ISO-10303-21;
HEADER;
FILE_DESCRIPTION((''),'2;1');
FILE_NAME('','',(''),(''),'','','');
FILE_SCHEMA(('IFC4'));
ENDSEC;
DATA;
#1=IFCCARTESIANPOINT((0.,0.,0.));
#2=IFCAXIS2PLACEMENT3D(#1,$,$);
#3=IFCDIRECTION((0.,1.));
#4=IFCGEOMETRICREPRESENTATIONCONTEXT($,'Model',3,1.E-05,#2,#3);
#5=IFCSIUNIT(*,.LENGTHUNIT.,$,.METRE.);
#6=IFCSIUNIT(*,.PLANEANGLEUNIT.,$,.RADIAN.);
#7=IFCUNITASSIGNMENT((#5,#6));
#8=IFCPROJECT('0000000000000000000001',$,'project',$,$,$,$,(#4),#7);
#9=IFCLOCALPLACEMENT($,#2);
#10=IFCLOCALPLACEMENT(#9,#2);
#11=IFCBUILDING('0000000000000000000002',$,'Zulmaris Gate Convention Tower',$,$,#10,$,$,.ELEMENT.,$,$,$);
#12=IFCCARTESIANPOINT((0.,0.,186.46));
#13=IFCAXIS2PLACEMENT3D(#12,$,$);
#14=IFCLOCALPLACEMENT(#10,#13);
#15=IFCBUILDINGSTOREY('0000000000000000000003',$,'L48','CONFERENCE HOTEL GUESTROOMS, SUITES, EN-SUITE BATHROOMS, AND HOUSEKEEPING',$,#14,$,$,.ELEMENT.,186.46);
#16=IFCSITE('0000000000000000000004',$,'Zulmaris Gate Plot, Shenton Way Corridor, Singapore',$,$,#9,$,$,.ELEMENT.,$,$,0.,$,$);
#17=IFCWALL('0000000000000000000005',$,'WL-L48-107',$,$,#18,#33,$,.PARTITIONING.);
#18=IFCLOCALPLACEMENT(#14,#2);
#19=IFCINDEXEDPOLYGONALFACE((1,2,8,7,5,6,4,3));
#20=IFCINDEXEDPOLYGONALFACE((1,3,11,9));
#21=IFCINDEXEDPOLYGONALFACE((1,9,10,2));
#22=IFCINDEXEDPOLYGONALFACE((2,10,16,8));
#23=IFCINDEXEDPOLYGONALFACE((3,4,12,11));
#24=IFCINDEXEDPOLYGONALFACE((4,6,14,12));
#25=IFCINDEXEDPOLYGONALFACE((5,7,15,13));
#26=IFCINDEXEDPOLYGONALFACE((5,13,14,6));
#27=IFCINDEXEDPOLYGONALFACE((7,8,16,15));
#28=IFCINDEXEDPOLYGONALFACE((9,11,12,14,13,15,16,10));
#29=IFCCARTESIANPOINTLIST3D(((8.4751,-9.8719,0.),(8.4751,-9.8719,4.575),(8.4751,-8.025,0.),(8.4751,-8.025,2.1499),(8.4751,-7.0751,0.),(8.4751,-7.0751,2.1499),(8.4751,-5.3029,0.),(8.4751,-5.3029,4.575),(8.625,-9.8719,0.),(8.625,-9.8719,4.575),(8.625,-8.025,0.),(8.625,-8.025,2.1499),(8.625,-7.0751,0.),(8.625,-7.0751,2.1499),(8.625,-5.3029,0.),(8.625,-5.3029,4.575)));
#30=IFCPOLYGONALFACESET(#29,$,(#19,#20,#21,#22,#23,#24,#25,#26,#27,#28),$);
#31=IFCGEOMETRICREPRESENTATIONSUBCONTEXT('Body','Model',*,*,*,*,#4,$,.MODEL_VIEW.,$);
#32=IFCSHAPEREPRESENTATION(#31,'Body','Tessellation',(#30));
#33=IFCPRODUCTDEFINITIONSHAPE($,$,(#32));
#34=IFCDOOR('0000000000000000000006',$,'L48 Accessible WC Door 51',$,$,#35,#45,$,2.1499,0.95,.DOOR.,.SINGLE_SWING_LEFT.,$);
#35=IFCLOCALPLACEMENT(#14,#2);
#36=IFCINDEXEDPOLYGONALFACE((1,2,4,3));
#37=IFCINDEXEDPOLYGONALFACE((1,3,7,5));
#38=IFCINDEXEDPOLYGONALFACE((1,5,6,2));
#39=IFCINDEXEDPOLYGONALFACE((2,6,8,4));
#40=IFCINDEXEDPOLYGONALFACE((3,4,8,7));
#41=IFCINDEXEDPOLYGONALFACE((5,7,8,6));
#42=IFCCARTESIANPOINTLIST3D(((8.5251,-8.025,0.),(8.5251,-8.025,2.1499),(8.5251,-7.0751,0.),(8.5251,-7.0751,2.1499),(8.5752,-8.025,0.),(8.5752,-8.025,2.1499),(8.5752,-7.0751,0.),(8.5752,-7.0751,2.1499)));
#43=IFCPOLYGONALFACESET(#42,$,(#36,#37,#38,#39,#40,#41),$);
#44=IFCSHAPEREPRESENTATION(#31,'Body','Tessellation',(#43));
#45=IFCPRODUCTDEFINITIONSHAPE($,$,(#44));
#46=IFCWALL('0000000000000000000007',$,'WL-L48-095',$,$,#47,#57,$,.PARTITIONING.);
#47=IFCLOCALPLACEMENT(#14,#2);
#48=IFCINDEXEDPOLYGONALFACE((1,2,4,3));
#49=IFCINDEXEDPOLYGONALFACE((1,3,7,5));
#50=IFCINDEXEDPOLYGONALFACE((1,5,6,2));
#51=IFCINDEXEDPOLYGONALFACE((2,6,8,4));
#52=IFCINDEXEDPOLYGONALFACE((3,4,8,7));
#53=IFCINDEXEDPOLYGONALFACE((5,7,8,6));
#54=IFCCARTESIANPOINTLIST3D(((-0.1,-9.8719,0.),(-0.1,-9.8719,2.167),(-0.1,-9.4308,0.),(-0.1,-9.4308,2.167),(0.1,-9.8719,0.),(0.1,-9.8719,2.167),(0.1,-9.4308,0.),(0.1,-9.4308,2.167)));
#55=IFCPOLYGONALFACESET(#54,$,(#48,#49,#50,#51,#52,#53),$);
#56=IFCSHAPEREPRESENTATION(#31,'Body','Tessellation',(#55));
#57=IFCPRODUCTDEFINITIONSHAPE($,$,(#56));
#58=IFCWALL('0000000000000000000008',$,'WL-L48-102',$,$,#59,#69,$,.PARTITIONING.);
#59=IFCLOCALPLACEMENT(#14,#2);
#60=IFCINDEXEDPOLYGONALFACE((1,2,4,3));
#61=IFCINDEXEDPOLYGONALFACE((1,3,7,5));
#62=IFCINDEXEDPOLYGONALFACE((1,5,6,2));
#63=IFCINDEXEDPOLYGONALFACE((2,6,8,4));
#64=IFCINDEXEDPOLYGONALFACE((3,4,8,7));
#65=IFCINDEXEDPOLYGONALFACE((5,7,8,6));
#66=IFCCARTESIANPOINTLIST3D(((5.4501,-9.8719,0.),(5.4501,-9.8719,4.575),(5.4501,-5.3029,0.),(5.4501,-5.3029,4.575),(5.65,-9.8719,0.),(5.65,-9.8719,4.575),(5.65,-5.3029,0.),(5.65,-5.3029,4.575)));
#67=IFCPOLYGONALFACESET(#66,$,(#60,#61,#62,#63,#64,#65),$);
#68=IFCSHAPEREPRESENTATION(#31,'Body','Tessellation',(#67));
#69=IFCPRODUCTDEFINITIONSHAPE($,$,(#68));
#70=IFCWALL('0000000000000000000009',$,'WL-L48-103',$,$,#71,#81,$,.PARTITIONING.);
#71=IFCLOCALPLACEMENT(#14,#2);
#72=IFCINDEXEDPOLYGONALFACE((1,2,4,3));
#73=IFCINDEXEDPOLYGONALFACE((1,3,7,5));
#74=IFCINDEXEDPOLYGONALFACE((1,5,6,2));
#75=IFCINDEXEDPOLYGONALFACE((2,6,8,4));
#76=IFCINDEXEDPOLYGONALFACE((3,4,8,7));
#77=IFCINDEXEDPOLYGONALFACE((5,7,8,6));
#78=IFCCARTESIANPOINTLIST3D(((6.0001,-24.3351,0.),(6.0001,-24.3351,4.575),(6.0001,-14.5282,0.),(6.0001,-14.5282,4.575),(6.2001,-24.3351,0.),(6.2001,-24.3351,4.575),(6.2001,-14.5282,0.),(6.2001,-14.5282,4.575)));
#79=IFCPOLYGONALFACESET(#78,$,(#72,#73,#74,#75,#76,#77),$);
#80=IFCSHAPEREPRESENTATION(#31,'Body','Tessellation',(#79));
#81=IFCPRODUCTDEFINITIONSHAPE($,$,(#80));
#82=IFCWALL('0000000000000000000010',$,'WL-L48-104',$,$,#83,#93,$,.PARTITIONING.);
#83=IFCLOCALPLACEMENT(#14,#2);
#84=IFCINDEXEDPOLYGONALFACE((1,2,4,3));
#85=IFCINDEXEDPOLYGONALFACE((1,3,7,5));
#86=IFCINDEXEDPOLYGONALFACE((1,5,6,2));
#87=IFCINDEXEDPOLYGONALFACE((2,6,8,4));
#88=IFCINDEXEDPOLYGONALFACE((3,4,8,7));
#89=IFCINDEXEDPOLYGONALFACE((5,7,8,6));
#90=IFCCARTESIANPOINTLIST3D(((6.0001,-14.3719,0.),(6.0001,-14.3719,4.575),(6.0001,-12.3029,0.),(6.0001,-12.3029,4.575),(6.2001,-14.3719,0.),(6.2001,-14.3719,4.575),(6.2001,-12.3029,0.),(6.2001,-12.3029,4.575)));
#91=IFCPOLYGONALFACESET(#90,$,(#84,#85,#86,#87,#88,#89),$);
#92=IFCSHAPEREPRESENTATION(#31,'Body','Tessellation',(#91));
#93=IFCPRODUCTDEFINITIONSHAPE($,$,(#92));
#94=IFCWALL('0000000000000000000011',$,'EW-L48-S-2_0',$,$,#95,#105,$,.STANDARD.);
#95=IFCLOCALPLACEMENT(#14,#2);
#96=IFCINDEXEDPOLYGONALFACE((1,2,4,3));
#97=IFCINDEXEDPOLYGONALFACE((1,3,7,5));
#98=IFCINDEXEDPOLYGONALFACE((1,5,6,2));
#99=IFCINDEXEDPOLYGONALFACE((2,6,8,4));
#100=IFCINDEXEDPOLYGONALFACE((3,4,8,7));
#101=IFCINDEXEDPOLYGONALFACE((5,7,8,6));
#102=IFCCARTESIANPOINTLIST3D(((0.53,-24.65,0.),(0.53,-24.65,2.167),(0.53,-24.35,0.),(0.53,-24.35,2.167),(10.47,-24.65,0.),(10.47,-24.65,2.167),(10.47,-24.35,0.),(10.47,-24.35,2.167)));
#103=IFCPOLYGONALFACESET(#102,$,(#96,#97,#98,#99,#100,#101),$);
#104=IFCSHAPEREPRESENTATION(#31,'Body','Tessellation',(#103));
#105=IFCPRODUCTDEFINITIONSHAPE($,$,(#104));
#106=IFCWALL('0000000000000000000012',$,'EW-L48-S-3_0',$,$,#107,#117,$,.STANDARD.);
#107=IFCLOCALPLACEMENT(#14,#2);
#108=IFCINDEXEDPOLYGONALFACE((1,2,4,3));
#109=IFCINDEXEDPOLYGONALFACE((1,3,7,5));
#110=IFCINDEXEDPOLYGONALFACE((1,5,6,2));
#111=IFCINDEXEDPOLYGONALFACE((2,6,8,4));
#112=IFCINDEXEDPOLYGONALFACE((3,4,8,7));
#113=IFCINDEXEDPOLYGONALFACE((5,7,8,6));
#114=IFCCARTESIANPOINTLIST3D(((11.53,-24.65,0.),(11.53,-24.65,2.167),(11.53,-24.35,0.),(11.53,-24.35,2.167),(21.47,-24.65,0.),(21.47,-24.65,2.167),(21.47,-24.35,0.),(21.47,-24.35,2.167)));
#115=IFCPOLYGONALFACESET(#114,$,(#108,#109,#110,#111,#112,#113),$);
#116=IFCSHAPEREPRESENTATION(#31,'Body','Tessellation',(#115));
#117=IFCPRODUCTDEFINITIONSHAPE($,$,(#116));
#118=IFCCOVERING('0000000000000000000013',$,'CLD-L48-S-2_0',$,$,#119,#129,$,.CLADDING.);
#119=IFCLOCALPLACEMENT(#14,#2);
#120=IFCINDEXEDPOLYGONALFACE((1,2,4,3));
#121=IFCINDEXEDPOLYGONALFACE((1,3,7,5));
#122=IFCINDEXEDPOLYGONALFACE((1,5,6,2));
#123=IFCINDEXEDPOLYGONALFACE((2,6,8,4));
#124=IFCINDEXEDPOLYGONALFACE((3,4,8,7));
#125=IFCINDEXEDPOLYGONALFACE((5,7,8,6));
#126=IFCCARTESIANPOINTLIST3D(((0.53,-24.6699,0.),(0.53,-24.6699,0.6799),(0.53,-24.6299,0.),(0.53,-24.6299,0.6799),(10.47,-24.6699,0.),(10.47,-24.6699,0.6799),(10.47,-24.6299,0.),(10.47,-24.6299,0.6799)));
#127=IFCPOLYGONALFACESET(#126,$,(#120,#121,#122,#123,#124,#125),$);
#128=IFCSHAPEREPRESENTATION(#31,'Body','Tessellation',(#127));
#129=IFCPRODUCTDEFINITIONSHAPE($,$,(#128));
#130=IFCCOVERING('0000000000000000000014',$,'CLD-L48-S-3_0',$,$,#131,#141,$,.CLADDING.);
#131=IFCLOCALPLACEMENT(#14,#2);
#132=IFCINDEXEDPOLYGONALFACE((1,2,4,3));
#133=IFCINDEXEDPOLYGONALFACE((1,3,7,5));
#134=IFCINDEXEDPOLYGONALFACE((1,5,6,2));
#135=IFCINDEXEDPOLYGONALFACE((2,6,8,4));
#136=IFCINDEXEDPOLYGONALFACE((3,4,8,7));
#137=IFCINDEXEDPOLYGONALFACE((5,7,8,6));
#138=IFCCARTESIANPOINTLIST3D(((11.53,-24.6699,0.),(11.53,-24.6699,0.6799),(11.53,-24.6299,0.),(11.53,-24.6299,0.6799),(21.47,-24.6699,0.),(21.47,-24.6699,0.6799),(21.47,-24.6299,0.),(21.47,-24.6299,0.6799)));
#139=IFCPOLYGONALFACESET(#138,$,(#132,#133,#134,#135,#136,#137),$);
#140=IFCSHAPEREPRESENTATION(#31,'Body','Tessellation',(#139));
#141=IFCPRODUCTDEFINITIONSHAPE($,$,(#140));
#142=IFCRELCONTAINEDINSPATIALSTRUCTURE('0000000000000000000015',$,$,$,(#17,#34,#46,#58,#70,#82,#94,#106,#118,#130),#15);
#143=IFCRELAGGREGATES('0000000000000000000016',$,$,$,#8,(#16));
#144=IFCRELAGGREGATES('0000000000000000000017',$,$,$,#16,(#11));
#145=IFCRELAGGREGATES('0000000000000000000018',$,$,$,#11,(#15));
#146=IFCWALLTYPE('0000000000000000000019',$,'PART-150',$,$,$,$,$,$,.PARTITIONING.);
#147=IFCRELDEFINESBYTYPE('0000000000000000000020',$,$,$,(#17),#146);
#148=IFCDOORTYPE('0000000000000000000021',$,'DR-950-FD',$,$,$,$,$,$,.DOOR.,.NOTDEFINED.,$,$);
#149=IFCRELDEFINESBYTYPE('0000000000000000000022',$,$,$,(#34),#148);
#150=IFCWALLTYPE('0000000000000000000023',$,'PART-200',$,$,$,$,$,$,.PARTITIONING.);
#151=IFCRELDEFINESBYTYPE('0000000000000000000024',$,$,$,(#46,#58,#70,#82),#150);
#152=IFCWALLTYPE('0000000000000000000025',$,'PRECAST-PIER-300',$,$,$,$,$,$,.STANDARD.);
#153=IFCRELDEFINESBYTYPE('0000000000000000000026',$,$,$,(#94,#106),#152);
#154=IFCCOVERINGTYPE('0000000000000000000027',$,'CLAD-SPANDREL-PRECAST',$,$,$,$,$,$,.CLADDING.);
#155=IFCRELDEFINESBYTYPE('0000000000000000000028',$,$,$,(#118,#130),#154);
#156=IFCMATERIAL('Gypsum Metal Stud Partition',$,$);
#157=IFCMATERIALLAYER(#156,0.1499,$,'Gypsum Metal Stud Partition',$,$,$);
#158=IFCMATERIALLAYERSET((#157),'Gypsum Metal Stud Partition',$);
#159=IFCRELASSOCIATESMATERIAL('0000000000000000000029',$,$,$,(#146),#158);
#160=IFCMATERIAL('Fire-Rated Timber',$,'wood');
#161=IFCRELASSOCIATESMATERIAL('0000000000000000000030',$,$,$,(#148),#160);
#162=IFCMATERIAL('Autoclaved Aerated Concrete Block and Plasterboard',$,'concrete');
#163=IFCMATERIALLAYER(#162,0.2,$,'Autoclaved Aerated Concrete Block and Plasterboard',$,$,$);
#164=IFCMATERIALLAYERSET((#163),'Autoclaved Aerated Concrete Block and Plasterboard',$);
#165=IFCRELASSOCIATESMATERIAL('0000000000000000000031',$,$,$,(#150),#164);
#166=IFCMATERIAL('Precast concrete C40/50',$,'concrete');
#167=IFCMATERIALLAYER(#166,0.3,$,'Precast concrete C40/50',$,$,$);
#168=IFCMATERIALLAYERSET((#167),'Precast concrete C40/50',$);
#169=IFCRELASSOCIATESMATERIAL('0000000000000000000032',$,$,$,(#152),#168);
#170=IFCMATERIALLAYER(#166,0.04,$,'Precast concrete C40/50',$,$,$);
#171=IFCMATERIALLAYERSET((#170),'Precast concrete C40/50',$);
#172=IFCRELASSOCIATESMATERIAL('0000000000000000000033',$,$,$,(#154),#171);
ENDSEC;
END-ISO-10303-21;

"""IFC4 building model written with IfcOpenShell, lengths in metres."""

from ifc_helpers import new_model, si_unit, direction, frame, frame_2d, origin, place, context, subcontext, project, spatial, rectangle, extrude, material, layer, layer_set, type_object, element, fill, save


model = new_model("IFC4")

# Units and contexts
model_context = context("Model", 3, precision=1e-05, world=origin(), true_north=direction((0.0, 1.0)))
body_context = subcontext(model_context, "Body", "Model", "MODEL_VIEW")
ifc_project = project(units=[si_unit("LENGTHUNIT", "METRE"), si_unit("PLANEANGLEUNIT", "RADIAN")], contexts=[model_context])

# Site, building, storey
site_placement = place(None, origin())
site = spatial("IfcSite", under=ifc_project, at=site_placement, Name="Zulmaris Gate Plot, Shenton Way Corridor, Singapore", CompositionType="ELEMENT", RefElevation=0.0)
building_placement = place(site_placement, origin())
building = spatial("IfcBuilding", under=site, at=building_placement, Name="Zulmaris Gate Convention Tower", CompositionType="ELEMENT")
storey_placement = place(building_placement, frame((0.0, 0.0, 186.46)))
storey = spatial("IfcBuildingStorey", under=building, at=storey_placement, Name="L48", Description="CONFERENCE HOTEL GUESTROOMS, SUITES, EN-SUITE BATHROOMS, AND HOUSEKEEPING", CompositionType="ELEMENT", Elevation=186.46)

# Shared definitions
ifc_material_1 = material(Name="Gypsum Metal Stud Partition")
ifc_layer_1 = layer(ifc_material_1, 0.1499, Name="Gypsum Metal Stud Partition")
ifc_layer_set_1 = layer_set([ifc_layer_1], Name="Gypsum Metal Stud Partition")
wall_type_1 = type_object("IfcWallType", Name="PART-150", PredefinedType="PARTITIONING", material=ifc_layer_set_1)

# Wall, opening, door
wall_1_placement = place(storey_placement, frame((8.55, -9.8721, 0.0), z_axis=(0.0, 0.0, 1.0), x_axis=(0.0, 1.0, 0.0)))
wall_1 = element("IfcWall", 1, at=wall_1_placement, inside=storey, type_object=wall_type_1, Name="WL-L48-107", PredefinedType="PARTITIONING", context=body_context, shape_type="SweptSolid", body=[
    extrude(rectangle(XDim=4.5691, YDim=0.1499, at=frame_2d((2.2847, 0.0))), origin(), (0.0, 0.0, 1.0), 4.575),
])
opening_1_placement = place(wall_1_placement, frame((1.8469, 0.0, 0.0)))
opening_1 = element("IfcOpeningElement", 2, at=opening_1_placement, cuts=wall_1, PredefinedType="OPENING", context=body_context, shape_type="SweptSolid", body=[
    extrude(rectangle(XDim=0.95, YDim=2.1499, at=frame_2d((0.4751, 1.075))), frame((0.0, 0.085, 0.0), z_axis=(0.0, -1.0, 0.0), x_axis=(1.0, 0.0, 0.0)), (0.0, 0.0, 1.0), 0.1699),
])
ifc_material_2 = material(Name="Fire-Rated Timber", Category="wood")
door_type_1 = type_object("IfcDoorType", Name="DR-950-FD", OperationType="NOTDEFINED", PredefinedType="DOOR", material=ifc_material_2)
door_1_placement = place(opening_1_placement, origin())
door_1 = element("IfcDoor", 3, at=door_1_placement, inside=storey, type_object=door_type_1, Name="L48 Accessible WC Door 51", OperationType="SINGLE_SWING_LEFT", OverallHeight=2.1499, OverallWidth=0.95, PredefinedType="DOOR", context=body_context, shape_type="SweptSolid", body=[
    extrude(rectangle(XDim=0.95, YDim=2.1499, at=frame_2d((0.4751, 1.075))), frame((0.0, 0.0249, 0.0), z_axis=(0.0, -1.0, 0.0), x_axis=(1.0, 0.0, 0.0)), (0.0, 0.0, 1.0), 0.05),
])
fill(opening_1, door_1)

# Walls
ifc_material_3 = material(Name="Autoclaved Aerated Concrete Block and Plasterboard", Category="concrete")
ifc_layer_2 = layer(ifc_material_3, 0.2, Name="Autoclaved Aerated Concrete Block and Plasterboard")
ifc_layer_set_2 = layer_set([ifc_layer_2], Name="Autoclaved Aerated Concrete Block and Plasterboard")
wall_type_2 = type_object("IfcWallType", Name="PART-200", PredefinedType="PARTITIONING", material=ifc_layer_set_2)
wall_2_placement = place(storey_placement, frame((0.0, -9.8721, 0.0), z_axis=(0.0, 0.0, 1.0), x_axis=(0.0, 1.0, 0.0)))
element("IfcWall", 4, at=wall_2_placement, inside=storey, type_object=wall_type_2, Name="WL-L48-095", PredefinedType="PARTITIONING", context=body_context, shape_type="SweptSolid", body=[
    extrude(rectangle(XDim=0.4412, YDim=0.2, at=frame_2d((0.2207, 0.0))), origin(), (0.0, 0.0, 1.0), 2.167),
])
wall_3_placement = place(storey_placement, frame((5.55, -9.8721, 0.0), z_axis=(0.0, 0.0, 1.0), x_axis=(0.0, 1.0, 0.0)))
element("IfcWall", 5, at=wall_3_placement, inside=storey, type_object=wall_type_2, Name="WL-L48-102", PredefinedType="PARTITIONING", context=body_context, shape_type="SweptSolid", body=[
    extrude(rectangle(XDim=4.5691, YDim=0.2, at=frame_2d((2.2847, 0.0))), origin(), (0.0, 0.0, 1.0), 4.575),
])
wall_4_placement = place(storey_placement, frame((6.1001, -24.335, 0.0), z_axis=(0.0, 0.0, 1.0), x_axis=(0.0, 1.0, 0.0)))
element("IfcWall", 6, at=wall_4_placement, inside=storey, type_object=wall_type_2, Name="WL-L48-103", PredefinedType="PARTITIONING", context=body_context, shape_type="SweptSolid", body=[
    extrude(rectangle(XDim=9.8069, YDim=0.2, at=frame_2d((4.9033, 0.0))), origin(), (0.0, 0.0, 1.0), 4.575),
])
wall_5_placement = place(storey_placement, frame((6.1001, -14.3721, 0.0), z_axis=(0.0, 0.0, 1.0), x_axis=(0.0, 1.0, 0.0)))
element("IfcWall", 7, at=wall_5_placement, inside=storey, type_object=wall_type_2, Name="WL-L48-104", PredefinedType="PARTITIONING", context=body_context, shape_type="SweptSolid", body=[
    extrude(rectangle(XDim=2.0691, YDim=0.2, at=frame_2d((1.0347, 0.0))), origin(), (0.0, 0.0, 1.0), 4.575),
])
ifc_material_4 = material(Name="Precast concrete C40/50", Category="concrete")
ifc_layer_3 = layer(ifc_material_4, 0.3, Name="Precast concrete C40/50")
ifc_layer_set_3 = layer_set([ifc_layer_3], Name="Precast concrete C40/50")
wall_type_3 = type_object("IfcWallType", Name="PRECAST-PIER-300", PredefinedType="STANDARD", material=ifc_layer_set_3)
for number, where, z_axis, x_axis, name in (
    (8, (0.53, -24.5, 0.0), (0.0, 0.0, 1.0), (1.0, 0.0, 0.0), "EW-L48-S-2_0"),
    (9, (11.53, -24.5, 0.0), (0.0, 0.0, 1.0), (1.0, 0.0, 0.0), "EW-L48-S-3_0"),
):
    element("IfcWall", number, at=place(storey_placement, frame(where, z_axis=z_axis, x_axis=x_axis)), inside=storey, type_object=wall_type_3, Name=name, PredefinedType="STANDARD", context=body_context, shape_type="SweptSolid", body=[
        extrude(rectangle(XDim=9.9399, YDim=0.3, at=frame_2d((4.97, 0.0))), origin(), (0.0, 0.0, 1.0), 2.167),
    ])

# Coverings
ifc_layer_4 = layer(ifc_material_4, 0.04, Name="Precast concrete C40/50")
ifc_layer_set_4 = layer_set([ifc_layer_4], Name="Precast concrete C40/50")
covering_type = type_object("IfcCoveringType", Name="CLAD-SPANDREL-PRECAST", PredefinedType="CLADDING", material=ifc_layer_set_4)
for number, where, z_axis, x_axis, name in (
    (10, (0.53, -24.6499, 0.0), (0.0, 0.0, 1.0), (1.0, 0.0, 0.0), "CLD-L48-S-2_0"),
    (11, (11.53, -24.6499, 0.0), (0.0, 0.0, 1.0), (1.0, 0.0, 0.0), "CLD-L48-S-3_0"),
):
    element("IfcCovering", number, at=place(storey_placement, frame(where, z_axis=z_axis, x_axis=x_axis)), inside=storey, type_object=covering_type, Name=name, PredefinedType="CLADDING", context=body_context, shape_type="SweptSolid", body=[
        extrude(rectangle(XDim=9.9399, YDim=0.04, at=frame_2d((4.97, 0.0))), origin(), (0.0, 0.0, 1.0), 0.6799),
    ])

save(model, "model.ifc")
